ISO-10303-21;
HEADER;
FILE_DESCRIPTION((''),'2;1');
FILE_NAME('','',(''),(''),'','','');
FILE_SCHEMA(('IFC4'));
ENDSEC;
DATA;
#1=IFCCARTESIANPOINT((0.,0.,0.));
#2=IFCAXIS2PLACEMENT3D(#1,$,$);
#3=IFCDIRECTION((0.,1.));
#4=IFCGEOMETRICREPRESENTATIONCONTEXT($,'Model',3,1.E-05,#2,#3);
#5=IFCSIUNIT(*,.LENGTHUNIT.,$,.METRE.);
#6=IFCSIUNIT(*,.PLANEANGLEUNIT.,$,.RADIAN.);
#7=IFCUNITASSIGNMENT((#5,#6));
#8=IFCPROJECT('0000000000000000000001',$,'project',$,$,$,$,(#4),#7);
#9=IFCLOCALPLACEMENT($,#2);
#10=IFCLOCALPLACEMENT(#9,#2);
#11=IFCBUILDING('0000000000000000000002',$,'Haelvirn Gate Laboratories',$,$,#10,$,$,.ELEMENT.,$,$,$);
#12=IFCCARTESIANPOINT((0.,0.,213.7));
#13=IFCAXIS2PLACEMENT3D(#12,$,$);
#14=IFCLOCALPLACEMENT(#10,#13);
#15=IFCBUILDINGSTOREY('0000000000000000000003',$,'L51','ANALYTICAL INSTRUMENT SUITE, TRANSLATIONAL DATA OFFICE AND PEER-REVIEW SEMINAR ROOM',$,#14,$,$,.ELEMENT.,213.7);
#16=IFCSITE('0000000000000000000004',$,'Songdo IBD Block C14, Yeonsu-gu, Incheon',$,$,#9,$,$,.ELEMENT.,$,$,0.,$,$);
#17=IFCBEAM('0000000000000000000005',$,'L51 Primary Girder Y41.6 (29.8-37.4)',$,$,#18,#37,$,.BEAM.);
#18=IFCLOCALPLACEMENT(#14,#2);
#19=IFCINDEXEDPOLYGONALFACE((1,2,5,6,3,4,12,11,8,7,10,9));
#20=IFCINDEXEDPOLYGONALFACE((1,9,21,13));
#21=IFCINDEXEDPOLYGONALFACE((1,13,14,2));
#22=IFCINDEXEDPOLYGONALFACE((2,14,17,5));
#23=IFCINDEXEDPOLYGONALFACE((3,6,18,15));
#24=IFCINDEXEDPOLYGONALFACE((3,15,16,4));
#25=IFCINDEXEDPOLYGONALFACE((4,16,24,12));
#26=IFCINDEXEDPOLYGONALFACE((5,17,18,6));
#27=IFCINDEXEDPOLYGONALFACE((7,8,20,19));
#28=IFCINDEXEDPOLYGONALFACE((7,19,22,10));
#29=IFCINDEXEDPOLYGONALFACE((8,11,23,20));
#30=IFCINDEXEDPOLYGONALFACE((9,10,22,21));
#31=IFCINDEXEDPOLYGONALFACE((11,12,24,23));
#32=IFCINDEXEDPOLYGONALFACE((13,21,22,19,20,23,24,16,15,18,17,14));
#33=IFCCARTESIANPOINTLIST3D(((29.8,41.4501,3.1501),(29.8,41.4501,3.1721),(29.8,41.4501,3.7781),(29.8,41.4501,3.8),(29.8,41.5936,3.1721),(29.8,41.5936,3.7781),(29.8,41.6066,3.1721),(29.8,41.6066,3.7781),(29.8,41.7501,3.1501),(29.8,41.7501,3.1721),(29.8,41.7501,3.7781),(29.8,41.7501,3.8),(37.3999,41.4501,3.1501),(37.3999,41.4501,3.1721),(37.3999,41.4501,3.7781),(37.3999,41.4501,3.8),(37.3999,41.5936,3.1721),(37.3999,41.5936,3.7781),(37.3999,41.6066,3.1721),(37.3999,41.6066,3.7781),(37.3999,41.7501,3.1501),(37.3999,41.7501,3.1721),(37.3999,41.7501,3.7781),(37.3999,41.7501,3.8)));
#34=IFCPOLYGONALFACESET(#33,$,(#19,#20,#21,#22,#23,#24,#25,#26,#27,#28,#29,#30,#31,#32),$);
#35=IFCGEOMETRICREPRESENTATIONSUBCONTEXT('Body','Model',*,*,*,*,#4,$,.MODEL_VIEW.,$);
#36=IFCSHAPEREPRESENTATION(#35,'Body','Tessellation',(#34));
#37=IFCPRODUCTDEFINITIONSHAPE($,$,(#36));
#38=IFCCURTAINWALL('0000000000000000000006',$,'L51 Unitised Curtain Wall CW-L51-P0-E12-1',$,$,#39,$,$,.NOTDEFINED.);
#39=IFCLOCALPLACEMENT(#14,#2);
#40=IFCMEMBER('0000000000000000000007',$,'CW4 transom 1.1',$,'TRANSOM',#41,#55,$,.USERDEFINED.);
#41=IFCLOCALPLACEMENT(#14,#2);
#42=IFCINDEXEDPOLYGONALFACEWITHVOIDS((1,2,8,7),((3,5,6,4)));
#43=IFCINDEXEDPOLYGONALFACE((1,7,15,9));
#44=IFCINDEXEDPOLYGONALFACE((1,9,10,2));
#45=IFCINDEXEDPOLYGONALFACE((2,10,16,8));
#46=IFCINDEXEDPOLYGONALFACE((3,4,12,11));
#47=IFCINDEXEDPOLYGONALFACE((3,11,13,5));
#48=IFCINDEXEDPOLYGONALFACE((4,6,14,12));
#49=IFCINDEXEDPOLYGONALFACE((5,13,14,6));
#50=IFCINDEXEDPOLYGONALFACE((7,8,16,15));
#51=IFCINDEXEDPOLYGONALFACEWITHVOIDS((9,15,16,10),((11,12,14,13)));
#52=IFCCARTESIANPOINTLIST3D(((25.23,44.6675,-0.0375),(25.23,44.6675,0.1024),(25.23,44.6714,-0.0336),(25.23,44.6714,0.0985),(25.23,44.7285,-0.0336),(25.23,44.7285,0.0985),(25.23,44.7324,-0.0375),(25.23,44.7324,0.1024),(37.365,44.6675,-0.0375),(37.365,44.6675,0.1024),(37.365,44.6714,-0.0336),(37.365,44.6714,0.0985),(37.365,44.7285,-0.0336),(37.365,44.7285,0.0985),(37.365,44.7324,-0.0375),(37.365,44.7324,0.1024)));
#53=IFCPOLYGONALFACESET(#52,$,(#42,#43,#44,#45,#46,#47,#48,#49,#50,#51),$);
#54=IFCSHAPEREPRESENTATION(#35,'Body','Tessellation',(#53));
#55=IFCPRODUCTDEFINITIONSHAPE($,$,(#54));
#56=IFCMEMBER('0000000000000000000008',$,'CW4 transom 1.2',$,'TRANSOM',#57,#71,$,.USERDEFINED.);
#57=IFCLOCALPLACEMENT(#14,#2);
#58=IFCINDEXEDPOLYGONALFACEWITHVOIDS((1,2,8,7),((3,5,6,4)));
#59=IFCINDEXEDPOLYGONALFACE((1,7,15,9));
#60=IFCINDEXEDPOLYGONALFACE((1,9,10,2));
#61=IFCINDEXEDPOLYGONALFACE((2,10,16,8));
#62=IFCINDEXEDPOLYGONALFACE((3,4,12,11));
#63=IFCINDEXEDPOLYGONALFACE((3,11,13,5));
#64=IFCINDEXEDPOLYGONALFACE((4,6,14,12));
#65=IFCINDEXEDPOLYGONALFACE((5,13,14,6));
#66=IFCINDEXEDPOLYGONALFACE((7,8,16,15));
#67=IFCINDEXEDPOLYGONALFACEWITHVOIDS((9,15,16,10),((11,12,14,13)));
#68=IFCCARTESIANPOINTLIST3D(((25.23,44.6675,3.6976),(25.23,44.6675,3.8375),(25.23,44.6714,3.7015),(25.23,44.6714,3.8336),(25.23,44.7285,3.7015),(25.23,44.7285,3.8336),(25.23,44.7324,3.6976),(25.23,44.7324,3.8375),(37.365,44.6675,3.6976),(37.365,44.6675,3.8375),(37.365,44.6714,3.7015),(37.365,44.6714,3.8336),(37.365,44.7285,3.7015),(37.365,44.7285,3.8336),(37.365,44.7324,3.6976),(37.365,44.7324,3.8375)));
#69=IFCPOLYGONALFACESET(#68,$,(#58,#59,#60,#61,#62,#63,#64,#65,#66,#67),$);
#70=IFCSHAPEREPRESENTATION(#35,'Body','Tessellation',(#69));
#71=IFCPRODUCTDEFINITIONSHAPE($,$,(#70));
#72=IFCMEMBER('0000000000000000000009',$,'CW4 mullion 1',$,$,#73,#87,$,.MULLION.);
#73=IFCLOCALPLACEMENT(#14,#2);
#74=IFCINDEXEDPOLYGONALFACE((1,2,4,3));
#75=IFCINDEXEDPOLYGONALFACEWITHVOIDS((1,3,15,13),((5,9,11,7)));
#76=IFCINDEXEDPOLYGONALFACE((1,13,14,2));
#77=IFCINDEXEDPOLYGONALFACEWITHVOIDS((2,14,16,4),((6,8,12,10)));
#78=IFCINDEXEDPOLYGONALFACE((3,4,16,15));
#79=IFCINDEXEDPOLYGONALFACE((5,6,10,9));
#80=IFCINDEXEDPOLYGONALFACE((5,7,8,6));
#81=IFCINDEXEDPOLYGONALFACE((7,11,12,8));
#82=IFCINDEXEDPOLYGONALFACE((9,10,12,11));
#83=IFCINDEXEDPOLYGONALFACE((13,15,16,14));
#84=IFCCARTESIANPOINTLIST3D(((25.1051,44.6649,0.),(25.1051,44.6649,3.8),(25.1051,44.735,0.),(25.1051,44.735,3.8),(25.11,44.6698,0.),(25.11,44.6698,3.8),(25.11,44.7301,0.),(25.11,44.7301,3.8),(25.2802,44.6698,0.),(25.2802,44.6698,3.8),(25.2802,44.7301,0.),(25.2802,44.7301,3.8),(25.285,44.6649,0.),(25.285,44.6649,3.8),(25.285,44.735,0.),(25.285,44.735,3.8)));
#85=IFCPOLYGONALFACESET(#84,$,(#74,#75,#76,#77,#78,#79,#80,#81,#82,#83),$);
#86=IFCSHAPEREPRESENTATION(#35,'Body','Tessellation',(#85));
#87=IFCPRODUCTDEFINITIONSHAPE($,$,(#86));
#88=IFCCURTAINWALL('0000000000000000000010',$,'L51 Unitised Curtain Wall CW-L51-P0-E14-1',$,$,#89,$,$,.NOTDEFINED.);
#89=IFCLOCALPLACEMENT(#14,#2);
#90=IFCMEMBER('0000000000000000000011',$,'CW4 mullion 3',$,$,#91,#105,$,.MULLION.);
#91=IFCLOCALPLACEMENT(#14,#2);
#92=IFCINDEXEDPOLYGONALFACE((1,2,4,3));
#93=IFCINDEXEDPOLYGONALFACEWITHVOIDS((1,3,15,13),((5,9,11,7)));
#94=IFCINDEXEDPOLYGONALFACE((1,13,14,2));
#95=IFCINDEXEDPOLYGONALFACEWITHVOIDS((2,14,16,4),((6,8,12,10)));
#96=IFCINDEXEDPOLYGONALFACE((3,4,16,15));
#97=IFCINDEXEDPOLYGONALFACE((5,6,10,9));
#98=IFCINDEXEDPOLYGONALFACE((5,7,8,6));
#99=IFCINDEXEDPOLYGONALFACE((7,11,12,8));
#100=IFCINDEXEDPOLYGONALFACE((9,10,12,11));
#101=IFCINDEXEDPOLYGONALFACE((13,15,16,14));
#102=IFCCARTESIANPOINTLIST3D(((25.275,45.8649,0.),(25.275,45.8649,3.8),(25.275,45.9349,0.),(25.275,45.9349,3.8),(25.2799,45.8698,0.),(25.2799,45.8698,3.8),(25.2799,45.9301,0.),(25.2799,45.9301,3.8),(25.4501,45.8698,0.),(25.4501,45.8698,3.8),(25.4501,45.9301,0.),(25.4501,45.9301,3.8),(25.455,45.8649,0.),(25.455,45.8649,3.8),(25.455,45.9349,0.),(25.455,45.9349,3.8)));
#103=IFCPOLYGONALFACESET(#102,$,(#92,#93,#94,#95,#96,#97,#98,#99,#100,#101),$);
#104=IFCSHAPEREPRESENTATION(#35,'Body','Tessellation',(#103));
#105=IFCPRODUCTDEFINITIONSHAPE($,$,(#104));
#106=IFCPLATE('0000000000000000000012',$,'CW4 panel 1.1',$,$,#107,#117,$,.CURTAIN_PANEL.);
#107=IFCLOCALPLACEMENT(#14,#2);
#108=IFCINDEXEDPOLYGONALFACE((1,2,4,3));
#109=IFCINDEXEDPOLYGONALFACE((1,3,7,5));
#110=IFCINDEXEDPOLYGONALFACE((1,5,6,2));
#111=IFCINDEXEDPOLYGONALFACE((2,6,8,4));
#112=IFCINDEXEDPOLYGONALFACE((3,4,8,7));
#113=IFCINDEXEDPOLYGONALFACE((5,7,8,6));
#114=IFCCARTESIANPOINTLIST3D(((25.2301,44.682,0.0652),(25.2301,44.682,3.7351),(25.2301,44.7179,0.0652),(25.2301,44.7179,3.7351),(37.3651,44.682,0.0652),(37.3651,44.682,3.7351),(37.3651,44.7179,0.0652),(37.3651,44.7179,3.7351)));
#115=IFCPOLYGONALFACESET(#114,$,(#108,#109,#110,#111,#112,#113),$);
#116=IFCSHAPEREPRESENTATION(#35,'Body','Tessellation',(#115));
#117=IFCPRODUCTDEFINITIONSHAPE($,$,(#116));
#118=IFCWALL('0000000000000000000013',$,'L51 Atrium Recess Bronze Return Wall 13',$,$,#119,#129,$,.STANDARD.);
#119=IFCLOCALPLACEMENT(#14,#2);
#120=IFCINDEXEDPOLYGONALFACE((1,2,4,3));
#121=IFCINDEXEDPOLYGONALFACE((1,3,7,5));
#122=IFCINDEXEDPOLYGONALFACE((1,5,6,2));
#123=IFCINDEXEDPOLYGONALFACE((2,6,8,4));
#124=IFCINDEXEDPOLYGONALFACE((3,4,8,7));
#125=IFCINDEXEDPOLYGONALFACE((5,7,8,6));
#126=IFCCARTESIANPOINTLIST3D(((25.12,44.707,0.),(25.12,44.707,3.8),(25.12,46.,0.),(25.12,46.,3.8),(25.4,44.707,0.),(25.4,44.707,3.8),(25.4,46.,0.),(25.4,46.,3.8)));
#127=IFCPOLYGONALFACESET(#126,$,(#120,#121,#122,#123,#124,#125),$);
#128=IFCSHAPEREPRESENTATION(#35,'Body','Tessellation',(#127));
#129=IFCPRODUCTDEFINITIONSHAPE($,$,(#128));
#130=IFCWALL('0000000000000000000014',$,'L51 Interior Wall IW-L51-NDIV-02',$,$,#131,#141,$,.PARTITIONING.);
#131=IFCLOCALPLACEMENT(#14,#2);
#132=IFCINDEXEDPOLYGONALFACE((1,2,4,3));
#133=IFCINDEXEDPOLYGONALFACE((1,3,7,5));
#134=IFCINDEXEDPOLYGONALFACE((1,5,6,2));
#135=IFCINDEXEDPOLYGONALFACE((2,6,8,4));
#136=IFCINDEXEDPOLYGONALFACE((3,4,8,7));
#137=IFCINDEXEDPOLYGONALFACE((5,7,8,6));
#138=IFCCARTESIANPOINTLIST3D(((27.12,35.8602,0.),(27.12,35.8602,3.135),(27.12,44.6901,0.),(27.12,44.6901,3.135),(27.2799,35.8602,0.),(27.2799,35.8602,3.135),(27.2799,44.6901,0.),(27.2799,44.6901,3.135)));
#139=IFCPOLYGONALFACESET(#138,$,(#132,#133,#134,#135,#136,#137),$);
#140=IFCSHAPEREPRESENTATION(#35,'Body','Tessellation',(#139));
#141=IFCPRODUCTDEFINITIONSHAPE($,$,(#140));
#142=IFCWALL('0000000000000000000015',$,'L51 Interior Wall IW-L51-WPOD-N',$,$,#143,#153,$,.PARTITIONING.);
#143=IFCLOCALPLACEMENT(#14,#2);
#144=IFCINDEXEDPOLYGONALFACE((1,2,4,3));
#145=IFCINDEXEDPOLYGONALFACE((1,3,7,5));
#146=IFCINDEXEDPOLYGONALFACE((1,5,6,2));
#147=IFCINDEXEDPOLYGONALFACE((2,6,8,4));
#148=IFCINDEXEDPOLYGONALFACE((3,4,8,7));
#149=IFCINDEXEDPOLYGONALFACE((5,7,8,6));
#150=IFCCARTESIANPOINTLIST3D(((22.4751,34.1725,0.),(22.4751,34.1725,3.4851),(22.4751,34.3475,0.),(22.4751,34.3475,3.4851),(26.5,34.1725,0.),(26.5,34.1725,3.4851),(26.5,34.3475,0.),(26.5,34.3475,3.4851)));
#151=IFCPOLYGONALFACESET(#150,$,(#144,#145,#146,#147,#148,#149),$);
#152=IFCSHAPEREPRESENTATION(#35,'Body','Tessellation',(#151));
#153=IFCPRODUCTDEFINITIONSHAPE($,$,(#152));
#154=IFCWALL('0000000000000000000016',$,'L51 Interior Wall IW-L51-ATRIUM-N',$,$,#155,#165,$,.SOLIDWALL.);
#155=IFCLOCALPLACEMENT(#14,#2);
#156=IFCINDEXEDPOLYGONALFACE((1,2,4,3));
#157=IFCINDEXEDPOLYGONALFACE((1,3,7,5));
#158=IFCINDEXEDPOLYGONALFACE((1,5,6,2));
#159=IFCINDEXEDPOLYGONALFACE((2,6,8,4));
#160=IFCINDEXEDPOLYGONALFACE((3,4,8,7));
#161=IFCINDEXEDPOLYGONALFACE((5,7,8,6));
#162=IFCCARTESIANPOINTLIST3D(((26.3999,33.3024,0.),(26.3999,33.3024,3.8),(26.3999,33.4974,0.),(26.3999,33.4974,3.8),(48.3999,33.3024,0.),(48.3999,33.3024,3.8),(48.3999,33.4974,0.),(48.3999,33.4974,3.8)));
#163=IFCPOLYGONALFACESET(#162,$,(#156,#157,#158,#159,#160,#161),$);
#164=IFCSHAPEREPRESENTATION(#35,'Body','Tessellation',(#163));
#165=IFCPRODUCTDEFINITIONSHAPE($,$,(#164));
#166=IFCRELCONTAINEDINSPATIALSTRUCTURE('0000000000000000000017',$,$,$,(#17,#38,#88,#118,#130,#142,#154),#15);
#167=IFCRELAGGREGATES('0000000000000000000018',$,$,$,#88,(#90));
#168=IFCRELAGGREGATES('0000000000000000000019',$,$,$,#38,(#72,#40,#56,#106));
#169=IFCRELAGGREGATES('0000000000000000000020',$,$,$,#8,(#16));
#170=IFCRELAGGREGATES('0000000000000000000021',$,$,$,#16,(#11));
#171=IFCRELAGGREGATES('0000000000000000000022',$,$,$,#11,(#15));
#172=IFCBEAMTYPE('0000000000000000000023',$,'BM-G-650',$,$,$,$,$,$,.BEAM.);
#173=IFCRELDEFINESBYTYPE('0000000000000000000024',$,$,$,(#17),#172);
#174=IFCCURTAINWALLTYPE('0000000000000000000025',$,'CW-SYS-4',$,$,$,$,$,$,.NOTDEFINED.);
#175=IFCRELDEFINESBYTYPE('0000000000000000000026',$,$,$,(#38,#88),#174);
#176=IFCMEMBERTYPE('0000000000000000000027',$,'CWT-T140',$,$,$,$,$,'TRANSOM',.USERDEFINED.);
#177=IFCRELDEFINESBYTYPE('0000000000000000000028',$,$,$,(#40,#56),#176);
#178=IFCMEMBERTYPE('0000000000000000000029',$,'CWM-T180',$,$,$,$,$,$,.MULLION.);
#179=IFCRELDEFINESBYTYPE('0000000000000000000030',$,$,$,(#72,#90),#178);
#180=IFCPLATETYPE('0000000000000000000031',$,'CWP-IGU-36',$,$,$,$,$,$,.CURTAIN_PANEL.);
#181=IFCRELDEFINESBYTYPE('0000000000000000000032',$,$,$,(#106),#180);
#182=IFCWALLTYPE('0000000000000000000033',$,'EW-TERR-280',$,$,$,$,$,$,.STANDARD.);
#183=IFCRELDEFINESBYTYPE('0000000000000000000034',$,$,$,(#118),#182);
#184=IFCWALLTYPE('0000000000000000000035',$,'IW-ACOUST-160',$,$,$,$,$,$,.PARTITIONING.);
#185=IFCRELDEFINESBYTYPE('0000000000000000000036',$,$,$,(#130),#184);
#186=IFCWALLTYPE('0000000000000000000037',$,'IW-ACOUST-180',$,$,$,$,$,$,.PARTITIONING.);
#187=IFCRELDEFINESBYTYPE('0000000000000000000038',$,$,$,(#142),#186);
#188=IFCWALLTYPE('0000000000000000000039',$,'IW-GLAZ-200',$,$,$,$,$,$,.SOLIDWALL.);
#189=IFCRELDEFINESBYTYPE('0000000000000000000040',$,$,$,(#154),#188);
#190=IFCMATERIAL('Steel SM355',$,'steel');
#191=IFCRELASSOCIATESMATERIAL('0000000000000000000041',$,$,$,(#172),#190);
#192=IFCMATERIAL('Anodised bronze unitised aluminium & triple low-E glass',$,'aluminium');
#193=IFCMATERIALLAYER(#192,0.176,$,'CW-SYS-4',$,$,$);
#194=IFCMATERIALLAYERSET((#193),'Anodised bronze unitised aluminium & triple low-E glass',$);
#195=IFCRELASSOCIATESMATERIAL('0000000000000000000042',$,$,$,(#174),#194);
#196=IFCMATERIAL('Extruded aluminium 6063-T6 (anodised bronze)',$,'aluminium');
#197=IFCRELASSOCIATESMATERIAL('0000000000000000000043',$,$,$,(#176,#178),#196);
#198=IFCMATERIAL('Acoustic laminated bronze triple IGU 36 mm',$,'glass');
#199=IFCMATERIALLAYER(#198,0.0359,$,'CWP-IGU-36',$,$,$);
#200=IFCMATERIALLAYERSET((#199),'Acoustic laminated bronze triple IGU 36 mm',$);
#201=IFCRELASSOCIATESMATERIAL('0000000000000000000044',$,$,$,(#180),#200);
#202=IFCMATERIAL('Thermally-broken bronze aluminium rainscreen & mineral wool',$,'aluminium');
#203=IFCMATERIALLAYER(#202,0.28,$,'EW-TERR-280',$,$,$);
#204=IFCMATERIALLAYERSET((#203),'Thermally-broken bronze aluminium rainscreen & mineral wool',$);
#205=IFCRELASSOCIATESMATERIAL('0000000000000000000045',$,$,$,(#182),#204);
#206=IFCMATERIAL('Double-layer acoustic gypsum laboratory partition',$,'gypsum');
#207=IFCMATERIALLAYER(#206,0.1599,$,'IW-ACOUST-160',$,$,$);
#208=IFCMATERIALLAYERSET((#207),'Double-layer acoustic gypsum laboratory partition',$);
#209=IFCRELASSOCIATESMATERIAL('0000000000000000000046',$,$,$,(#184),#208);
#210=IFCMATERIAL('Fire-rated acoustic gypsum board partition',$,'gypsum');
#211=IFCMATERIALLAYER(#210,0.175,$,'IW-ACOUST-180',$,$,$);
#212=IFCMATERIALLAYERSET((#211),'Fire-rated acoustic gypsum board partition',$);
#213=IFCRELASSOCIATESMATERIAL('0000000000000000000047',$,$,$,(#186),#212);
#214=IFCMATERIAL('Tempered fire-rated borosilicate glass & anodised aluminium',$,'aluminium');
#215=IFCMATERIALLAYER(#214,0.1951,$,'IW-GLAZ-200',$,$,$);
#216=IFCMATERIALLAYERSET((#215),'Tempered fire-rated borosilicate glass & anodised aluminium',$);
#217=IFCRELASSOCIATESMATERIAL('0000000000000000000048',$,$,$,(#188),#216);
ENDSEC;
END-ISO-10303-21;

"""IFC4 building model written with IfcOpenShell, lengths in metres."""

from ifc_helpers import new_model, si_unit, direction, frame, frame_2d, origin, origin_2d, place, context, subcontext, project, spatial, rectangle, hollow_rectangle, i_section, extrude, source, transform, mapped, material, layer, layer_set, material_profile, profile_set, type_object, type_shapes, element, aggregate, save


model = new_model("IFC4")

# Units and contexts
model_context = context("Model", 3, precision=1e-05, world=origin(), true_north=direction((0.0, 1.0)))
body_context = subcontext(model_context, "Body", "Model", "MODEL_VIEW")
ifc_project = project(units=[si_unit("LENGTHUNIT", "METRE"), si_unit("PLANEANGLEUNIT", "RADIAN")], contexts=[model_context])

# Site, building, storey
site_placement = place(None, origin())
site = spatial("IfcSite", under=ifc_project, at=site_placement, Name="Songdo IBD Block C14, Yeonsu-gu, Incheon", CompositionType="ELEMENT", RefElevation=0.0)
building_placement = place(site_placement, origin())
building = spatial("IfcBuilding", under=site, at=building_placement, Name="Haelvirn Gate Laboratories", CompositionType="ELEMENT")
storey_placement = place(building_placement, frame((0.0, 0.0, 213.7)))
storey = spatial("IfcBuildingStorey", under=building, at=storey_placement, Name="L51", Description="ANALYTICAL INSTRUMENT SUITE, TRANSLATIONAL DATA OFFICE AND PEER-REVIEW SEMINAR ROOM", CompositionType="ELEMENT", Elevation=213.7)

# Shared definitions
ifc_material_1 = material(Name="Steel SM355", Category="steel")

# Beam
ifc_material_profile_1 = material_profile(ifc_material_1, i_section(OverallWidth=0.3, OverallDepth=0.6499, WebThickness=0.0129, FlangeThickness=0.022, at=origin_2d()), Name="H-650x300x13x22")
ifc_profile_set_1 = profile_set([ifc_material_profile_1], Name="Steel SM355")
beam_type_1 = type_object("IfcBeamType", Name="BM-G-650", PredefinedType="BEAM", material=ifc_profile_set_1)
shared_shape_1 = source(origin(), body_context, "Body", "SweptSolid", [
    extrude(i_section(OverallWidth=0.3, OverallDepth=0.6499, WebThickness=0.0129, FlangeThickness=0.022, at=origin_2d()), origin(), (0.0, 0.0, 1.0), 7.5999),
])
for number, where, z_axis, x_axis, name in (
    (1, (29.8, 41.6001, 3.4751), (1.0, 0.0, 0.0), (0.0, 1.0, 0.0), "L51 Primary Girder Y41.6 (29.8-37.4)"),
):
    element("IfcBeam", number, at=place(storey_placement, frame(where, z_axis=z_axis, x_axis=x_axis)), inside=storey, type_object=beam_type_1, Name=name, PredefinedType="BEAM", context=body_context, shape_type="MappedRepresentation", body=[
        mapped(shared_shape_1, transform((0.0, 0.0, 0.0), scale=1.0)),
    ])

# Curtain wall, members
ifc_material_2 = material(Name="Anodised bronze unitised aluminium & triple low-E glass", Category="aluminium")
ifc_layer_1 = layer(ifc_material_2, 0.176, Name="CW-SYS-4")
ifc_layer_set_1 = layer_set([ifc_layer_1], Name="Anodised bronze unitised aluminium & triple low-E glass")
curtain_wall_type = type_object("IfcCurtainWallType", Name="CW-SYS-4", PredefinedType="NOTDEFINED", material=ifc_layer_set_1)
curtain_wall_1_placement = place(storey_placement, origin())
curtain_wall_1 = element("IfcCurtainWall", 2, at=curtain_wall_1_placement, inside=storey, type_object=curtain_wall_type, Name="L51 Unitised Curtain Wall CW-L51-P0-E12-1", PredefinedType="NOTDEFINED")
ifc_material_3 = material(Name="Extruded aluminium 6063-T6 (anodised bronze)", Category="aluminium")
ifc_material_profile_2 = material_profile(ifc_material_3, hollow_rectangle(XDim=0.0649, YDim=0.1399, WallThickness=0.0039, at=origin_2d()), Name="CWT-140x65x4")
ifc_profile_set_2 = profile_set([ifc_material_profile_2], Name="Extruded aluminium 6063-T6 (anodised bronze)")
member_type_1 = type_object("IfcMemberType", Name="CWT-T140", ElementType="TRANSOM", PredefinedType="USERDEFINED", material=ifc_profile_set_2)
shared_shape_2 = source(origin(), body_context, "Body", "SweptSolid", [
    extrude(hollow_rectangle(XDim=0.0649, YDim=0.1399, WallThickness=0.0039, at=origin_2d()), origin(), (0.0, 0.0, 1.0), 12.135),
])
type_shapes(member_type_1, [shared_shape_2])
member_1_placement = place(storey_placement, frame((25.23, 44.7, 0.0325), z_axis=(1.0, 0.0, 0.0), x_axis=(0.0, 1.0, 0.0)))
member_1 = element("IfcMember", 3, at=member_1_placement, type_object=member_type_1, Name="CW4 transom 1.1", ObjectType="TRANSOM", PredefinedType="USERDEFINED", context=body_context, shape_type="MappedRepresentation", body=[
    mapped(shared_shape_2, transform((0.0, 0.0, 0.0), scale=1.0)),
])
member_2_placement = place(storey_placement, frame((25.23, 44.7, 3.7676), z_axis=(1.0, 0.0, 0.0), x_axis=(0.0, 1.0, 0.0)))
member_2 = element("IfcMember", 4, at=member_2_placement, type_object=member_type_1, Name="CW4 transom 1.2", ObjectType="TRANSOM", PredefinedType="USERDEFINED", context=body_context, shape_type="MappedRepresentation", body=[
    mapped(shared_shape_2, transform((0.0, 0.0, 0.0), scale=1.0)),
])
ifc_material_profile_3 = material_profile(ifc_material_3, hollow_rectangle(XDim=0.0701, YDim=0.1799, WallThickness=0.0049, at=origin_2d()), Name="CWM-180x70x5")
ifc_profile_set_3 = profile_set([ifc_material_profile_3], Name="Extruded aluminium 6063-T6 (anodised bronze)")
member_type_2 = type_object("IfcMemberType", Name="CWM-T180", PredefinedType="MULLION", material=ifc_profile_set_3)
shared_shape_3 = source(origin(), body_context, "Body", "SweptSolid", [
    extrude(hollow_rectangle(XDim=0.0701, YDim=0.1799, WallThickness=0.0049, at=origin_2d()), origin(), (0.0, 0.0, 1.0), 3.8),
])
type_shapes(member_type_2, [shared_shape_3])
member_3_placement = place(storey_placement, frame((25.1951, 44.7, 0.0), z_axis=(0.0, 0.0, 1.0), x_axis=(0.0, 1.0, 0.0)))
member_3 = element("IfcMember", 5, at=member_3_placement, type_object=member_type_2, Name="CW4 mullion 1", PredefinedType="MULLION", context=body_context, shape_type="MappedRepresentation", body=[
    mapped(shared_shape_3, transform((0.0, 0.0, 0.0), scale=1.0)),
])

# Curtain wall, member
curtain_wall_2_placement = place(storey_placement, origin())
curtain_wall_2 = element("IfcCurtainWall", 6, at=curtain_wall_2_placement, inside=storey, type_object=curtain_wall_type, Name="L51 Unitised Curtain Wall CW-L51-P0-E14-1", PredefinedType="NOTDEFINED")
member_4_placement = place(storey_placement, frame((25.365, 45.8999, 0.0), z_axis=(0.0, 0.0, 1.0), x_axis=(0.0, 1.0, 0.0)))
member_4 = element("IfcMember", 7, at=member_4_placement, type_object=member_type_2, Name="CW4 mullion 3", PredefinedType="MULLION", context=body_context, shape_type="MappedRepresentation", body=[
    mapped(shared_shape_3, transform((0.0, 0.0, 0.0), scale=1.0)),
])
aggregate(curtain_wall_2, [member_4])

# Plate
ifc_material_4 = material(Name="Acoustic laminated bronze triple IGU 36 mm", Category="glass")
ifc_layer_2 = layer(ifc_material_4, 0.0359, Name="CWP-IGU-36")
ifc_layer_set_2 = layer_set([ifc_layer_2], Name="Acoustic laminated bronze triple IGU 36 mm")
plate_type = type_object("IfcPlateType", Name="CWP-IGU-36", PredefinedType="CURTAIN_PANEL", material=ifc_layer_set_2)
shared_shape_4 = source(origin(), body_context, "Body", "SweptSolid", [
    extrude(rectangle(XDim=12.135, YDim=0.0359, at=origin_2d()), origin(), (0.0, 0.0, 1.0), 3.6699),
])
type_shapes(plate_type, [shared_shape_4])
plate_placement = place(storey_placement, frame((31.2976, 44.7, 0.0652), z_axis=(0.0, 0.0, 1.0), x_axis=(1.0, 0.0, 0.0)))
plate = element("IfcPlate", 8, at=plate_placement, type_object=plate_type, Name="CW4 panel 1.1", PredefinedType="CURTAIN_PANEL", context=body_context, shape_type="MappedRepresentation", body=[
    mapped(shared_shape_4, transform((0.0, 0.0, 0.0), scale=1.0)),
])
aggregate(curtain_wall_1, [member_3, member_1, member_2, plate])

# Walls
ifc_material_5 = material(Name="Thermally-broken bronze aluminium rainscreen & mineral wool", Category="aluminium")
ifc_layer_3 = layer(ifc_material_5, 0.28, Name="EW-TERR-280")
ifc_layer_set_3 = layer_set([ifc_layer_3], Name="Thermally-broken bronze aluminium rainscreen & mineral wool")
wall_type_1 = type_object("IfcWallType", Name="EW-TERR-280", PredefinedType="STANDARD", material=ifc_layer_set_3)
wall_1_placement = place(storey_placement, frame((25.26, 44.707, 0.0), z_axis=(0.0, 0.0, 1.0), x_axis=(0.0, 1.0, 0.0)))
element("IfcWall", 9, at=wall_1_placement, inside=storey, type_object=wall_type_1, Name="L51 Atrium Recess Bronze Return Wall 13", PredefinedType="STANDARD", context=body_context, shape_type="SweptSolid", body=[
    extrude(rectangle(XDim=1.293, YDim=0.28, at=frame_2d((0.6465, 0.0))), origin(), (0.0, 0.0, 1.0), 3.8),
])
ifc_material_6 = material(Name="Double-layer acoustic gypsum laboratory partition", Category="gypsum")
ifc_layer_4 = layer(ifc_material_6, 0.1599, Name="IW-ACOUST-160")
ifc_layer_set_4 = layer_set([ifc_layer_4], Name="Double-layer acoustic gypsum laboratory partition")
wall_type_2 = type_object("IfcWallType", Name="IW-ACOUST-160", PredefinedType="PARTITIONING", material=ifc_layer_set_4)
wall_2_placement = place(storey_placement, frame((27.2, 35.8601, 0.0), z_axis=(0.0, 0.0, 1.0), x_axis=(0.0, 1.0, 0.0)))
element("IfcWall", 10, at=wall_2_placement, inside=storey, type_object=wall_type_2, Name="L51 Interior Wall IW-L51-NDIV-02", PredefinedType="PARTITIONING", context=body_context, shape_type="SweptSolid", body=[
    extrude(rectangle(XDim=8.8298, YDim=0.1599, at=frame_2d((4.415, 0.0))), origin(), (0.0, 0.0, 1.0), 3.135),
])
ifc_material_7 = material(Name="Fire-rated acoustic gypsum board partition", Category="gypsum")
ifc_layer_5 = layer(ifc_material_7, 0.175, Name="IW-ACOUST-180")
ifc_layer_set_5 = layer_set([ifc_layer_5], Name="Fire-rated acoustic gypsum board partition")
wall_type_3 = type_object("IfcWallType", Name="IW-ACOUST-180", PredefinedType="PARTITIONING", material=ifc_layer_set_5)
wall_3_placement = place(storey_placement, frame((22.4751, 34.26, 0.0), z_axis=(0.0, 0.0, 1.0), x_axis=(1.0, 0.0, 0.0)))
element("IfcWall", 11, at=wall_3_placement, inside=storey, type_object=wall_type_3, Name="L51 Interior Wall IW-L51-WPOD-N", PredefinedType="PARTITIONING", context=body_context, shape_type="SweptSolid", body=[
    extrude(rectangle(XDim=4.0249, YDim=0.175, at=frame_2d((2.0125, 0.0))), origin(), (0.0, 0.0, 1.0), 3.4851),
])
ifc_material_8 = material(Name="Tempered fire-rated borosilicate glass & anodised aluminium", Category="aluminium")
ifc_layer_6 = layer(ifc_material_8, 0.1951, Name="IW-GLAZ-200")
ifc_layer_set_6 = layer_set([ifc_layer_6], Name="Tempered fire-rated borosilicate glass & anodised aluminium")
wall_type_4 = type_object("IfcWallType", Name="IW-GLAZ-200", PredefinedType="SOLIDWALL", material=ifc_layer_set_6)
wall_4_placement = place(storey_placement, frame((26.3999, 33.3999, 0.0), z_axis=(0.0, 0.0, 1.0), x_axis=(1.0, 0.0, 0.0)))
element("IfcWall", 12, at=wall_4_placement, inside=storey, type_object=wall_type_4, Name="L51 Interior Wall IW-L51-ATRIUM-N", PredefinedType="SOLIDWALL", context=body_context, shape_type="SweptSolid", body=[
    extrude(rectangle(XDim=22.0, YDim=0.1951, at=frame_2d((11.0, 0.0))), origin(), (0.0, 0.0, 1.0), 3.8),
])

save(model, "model.ifc")
